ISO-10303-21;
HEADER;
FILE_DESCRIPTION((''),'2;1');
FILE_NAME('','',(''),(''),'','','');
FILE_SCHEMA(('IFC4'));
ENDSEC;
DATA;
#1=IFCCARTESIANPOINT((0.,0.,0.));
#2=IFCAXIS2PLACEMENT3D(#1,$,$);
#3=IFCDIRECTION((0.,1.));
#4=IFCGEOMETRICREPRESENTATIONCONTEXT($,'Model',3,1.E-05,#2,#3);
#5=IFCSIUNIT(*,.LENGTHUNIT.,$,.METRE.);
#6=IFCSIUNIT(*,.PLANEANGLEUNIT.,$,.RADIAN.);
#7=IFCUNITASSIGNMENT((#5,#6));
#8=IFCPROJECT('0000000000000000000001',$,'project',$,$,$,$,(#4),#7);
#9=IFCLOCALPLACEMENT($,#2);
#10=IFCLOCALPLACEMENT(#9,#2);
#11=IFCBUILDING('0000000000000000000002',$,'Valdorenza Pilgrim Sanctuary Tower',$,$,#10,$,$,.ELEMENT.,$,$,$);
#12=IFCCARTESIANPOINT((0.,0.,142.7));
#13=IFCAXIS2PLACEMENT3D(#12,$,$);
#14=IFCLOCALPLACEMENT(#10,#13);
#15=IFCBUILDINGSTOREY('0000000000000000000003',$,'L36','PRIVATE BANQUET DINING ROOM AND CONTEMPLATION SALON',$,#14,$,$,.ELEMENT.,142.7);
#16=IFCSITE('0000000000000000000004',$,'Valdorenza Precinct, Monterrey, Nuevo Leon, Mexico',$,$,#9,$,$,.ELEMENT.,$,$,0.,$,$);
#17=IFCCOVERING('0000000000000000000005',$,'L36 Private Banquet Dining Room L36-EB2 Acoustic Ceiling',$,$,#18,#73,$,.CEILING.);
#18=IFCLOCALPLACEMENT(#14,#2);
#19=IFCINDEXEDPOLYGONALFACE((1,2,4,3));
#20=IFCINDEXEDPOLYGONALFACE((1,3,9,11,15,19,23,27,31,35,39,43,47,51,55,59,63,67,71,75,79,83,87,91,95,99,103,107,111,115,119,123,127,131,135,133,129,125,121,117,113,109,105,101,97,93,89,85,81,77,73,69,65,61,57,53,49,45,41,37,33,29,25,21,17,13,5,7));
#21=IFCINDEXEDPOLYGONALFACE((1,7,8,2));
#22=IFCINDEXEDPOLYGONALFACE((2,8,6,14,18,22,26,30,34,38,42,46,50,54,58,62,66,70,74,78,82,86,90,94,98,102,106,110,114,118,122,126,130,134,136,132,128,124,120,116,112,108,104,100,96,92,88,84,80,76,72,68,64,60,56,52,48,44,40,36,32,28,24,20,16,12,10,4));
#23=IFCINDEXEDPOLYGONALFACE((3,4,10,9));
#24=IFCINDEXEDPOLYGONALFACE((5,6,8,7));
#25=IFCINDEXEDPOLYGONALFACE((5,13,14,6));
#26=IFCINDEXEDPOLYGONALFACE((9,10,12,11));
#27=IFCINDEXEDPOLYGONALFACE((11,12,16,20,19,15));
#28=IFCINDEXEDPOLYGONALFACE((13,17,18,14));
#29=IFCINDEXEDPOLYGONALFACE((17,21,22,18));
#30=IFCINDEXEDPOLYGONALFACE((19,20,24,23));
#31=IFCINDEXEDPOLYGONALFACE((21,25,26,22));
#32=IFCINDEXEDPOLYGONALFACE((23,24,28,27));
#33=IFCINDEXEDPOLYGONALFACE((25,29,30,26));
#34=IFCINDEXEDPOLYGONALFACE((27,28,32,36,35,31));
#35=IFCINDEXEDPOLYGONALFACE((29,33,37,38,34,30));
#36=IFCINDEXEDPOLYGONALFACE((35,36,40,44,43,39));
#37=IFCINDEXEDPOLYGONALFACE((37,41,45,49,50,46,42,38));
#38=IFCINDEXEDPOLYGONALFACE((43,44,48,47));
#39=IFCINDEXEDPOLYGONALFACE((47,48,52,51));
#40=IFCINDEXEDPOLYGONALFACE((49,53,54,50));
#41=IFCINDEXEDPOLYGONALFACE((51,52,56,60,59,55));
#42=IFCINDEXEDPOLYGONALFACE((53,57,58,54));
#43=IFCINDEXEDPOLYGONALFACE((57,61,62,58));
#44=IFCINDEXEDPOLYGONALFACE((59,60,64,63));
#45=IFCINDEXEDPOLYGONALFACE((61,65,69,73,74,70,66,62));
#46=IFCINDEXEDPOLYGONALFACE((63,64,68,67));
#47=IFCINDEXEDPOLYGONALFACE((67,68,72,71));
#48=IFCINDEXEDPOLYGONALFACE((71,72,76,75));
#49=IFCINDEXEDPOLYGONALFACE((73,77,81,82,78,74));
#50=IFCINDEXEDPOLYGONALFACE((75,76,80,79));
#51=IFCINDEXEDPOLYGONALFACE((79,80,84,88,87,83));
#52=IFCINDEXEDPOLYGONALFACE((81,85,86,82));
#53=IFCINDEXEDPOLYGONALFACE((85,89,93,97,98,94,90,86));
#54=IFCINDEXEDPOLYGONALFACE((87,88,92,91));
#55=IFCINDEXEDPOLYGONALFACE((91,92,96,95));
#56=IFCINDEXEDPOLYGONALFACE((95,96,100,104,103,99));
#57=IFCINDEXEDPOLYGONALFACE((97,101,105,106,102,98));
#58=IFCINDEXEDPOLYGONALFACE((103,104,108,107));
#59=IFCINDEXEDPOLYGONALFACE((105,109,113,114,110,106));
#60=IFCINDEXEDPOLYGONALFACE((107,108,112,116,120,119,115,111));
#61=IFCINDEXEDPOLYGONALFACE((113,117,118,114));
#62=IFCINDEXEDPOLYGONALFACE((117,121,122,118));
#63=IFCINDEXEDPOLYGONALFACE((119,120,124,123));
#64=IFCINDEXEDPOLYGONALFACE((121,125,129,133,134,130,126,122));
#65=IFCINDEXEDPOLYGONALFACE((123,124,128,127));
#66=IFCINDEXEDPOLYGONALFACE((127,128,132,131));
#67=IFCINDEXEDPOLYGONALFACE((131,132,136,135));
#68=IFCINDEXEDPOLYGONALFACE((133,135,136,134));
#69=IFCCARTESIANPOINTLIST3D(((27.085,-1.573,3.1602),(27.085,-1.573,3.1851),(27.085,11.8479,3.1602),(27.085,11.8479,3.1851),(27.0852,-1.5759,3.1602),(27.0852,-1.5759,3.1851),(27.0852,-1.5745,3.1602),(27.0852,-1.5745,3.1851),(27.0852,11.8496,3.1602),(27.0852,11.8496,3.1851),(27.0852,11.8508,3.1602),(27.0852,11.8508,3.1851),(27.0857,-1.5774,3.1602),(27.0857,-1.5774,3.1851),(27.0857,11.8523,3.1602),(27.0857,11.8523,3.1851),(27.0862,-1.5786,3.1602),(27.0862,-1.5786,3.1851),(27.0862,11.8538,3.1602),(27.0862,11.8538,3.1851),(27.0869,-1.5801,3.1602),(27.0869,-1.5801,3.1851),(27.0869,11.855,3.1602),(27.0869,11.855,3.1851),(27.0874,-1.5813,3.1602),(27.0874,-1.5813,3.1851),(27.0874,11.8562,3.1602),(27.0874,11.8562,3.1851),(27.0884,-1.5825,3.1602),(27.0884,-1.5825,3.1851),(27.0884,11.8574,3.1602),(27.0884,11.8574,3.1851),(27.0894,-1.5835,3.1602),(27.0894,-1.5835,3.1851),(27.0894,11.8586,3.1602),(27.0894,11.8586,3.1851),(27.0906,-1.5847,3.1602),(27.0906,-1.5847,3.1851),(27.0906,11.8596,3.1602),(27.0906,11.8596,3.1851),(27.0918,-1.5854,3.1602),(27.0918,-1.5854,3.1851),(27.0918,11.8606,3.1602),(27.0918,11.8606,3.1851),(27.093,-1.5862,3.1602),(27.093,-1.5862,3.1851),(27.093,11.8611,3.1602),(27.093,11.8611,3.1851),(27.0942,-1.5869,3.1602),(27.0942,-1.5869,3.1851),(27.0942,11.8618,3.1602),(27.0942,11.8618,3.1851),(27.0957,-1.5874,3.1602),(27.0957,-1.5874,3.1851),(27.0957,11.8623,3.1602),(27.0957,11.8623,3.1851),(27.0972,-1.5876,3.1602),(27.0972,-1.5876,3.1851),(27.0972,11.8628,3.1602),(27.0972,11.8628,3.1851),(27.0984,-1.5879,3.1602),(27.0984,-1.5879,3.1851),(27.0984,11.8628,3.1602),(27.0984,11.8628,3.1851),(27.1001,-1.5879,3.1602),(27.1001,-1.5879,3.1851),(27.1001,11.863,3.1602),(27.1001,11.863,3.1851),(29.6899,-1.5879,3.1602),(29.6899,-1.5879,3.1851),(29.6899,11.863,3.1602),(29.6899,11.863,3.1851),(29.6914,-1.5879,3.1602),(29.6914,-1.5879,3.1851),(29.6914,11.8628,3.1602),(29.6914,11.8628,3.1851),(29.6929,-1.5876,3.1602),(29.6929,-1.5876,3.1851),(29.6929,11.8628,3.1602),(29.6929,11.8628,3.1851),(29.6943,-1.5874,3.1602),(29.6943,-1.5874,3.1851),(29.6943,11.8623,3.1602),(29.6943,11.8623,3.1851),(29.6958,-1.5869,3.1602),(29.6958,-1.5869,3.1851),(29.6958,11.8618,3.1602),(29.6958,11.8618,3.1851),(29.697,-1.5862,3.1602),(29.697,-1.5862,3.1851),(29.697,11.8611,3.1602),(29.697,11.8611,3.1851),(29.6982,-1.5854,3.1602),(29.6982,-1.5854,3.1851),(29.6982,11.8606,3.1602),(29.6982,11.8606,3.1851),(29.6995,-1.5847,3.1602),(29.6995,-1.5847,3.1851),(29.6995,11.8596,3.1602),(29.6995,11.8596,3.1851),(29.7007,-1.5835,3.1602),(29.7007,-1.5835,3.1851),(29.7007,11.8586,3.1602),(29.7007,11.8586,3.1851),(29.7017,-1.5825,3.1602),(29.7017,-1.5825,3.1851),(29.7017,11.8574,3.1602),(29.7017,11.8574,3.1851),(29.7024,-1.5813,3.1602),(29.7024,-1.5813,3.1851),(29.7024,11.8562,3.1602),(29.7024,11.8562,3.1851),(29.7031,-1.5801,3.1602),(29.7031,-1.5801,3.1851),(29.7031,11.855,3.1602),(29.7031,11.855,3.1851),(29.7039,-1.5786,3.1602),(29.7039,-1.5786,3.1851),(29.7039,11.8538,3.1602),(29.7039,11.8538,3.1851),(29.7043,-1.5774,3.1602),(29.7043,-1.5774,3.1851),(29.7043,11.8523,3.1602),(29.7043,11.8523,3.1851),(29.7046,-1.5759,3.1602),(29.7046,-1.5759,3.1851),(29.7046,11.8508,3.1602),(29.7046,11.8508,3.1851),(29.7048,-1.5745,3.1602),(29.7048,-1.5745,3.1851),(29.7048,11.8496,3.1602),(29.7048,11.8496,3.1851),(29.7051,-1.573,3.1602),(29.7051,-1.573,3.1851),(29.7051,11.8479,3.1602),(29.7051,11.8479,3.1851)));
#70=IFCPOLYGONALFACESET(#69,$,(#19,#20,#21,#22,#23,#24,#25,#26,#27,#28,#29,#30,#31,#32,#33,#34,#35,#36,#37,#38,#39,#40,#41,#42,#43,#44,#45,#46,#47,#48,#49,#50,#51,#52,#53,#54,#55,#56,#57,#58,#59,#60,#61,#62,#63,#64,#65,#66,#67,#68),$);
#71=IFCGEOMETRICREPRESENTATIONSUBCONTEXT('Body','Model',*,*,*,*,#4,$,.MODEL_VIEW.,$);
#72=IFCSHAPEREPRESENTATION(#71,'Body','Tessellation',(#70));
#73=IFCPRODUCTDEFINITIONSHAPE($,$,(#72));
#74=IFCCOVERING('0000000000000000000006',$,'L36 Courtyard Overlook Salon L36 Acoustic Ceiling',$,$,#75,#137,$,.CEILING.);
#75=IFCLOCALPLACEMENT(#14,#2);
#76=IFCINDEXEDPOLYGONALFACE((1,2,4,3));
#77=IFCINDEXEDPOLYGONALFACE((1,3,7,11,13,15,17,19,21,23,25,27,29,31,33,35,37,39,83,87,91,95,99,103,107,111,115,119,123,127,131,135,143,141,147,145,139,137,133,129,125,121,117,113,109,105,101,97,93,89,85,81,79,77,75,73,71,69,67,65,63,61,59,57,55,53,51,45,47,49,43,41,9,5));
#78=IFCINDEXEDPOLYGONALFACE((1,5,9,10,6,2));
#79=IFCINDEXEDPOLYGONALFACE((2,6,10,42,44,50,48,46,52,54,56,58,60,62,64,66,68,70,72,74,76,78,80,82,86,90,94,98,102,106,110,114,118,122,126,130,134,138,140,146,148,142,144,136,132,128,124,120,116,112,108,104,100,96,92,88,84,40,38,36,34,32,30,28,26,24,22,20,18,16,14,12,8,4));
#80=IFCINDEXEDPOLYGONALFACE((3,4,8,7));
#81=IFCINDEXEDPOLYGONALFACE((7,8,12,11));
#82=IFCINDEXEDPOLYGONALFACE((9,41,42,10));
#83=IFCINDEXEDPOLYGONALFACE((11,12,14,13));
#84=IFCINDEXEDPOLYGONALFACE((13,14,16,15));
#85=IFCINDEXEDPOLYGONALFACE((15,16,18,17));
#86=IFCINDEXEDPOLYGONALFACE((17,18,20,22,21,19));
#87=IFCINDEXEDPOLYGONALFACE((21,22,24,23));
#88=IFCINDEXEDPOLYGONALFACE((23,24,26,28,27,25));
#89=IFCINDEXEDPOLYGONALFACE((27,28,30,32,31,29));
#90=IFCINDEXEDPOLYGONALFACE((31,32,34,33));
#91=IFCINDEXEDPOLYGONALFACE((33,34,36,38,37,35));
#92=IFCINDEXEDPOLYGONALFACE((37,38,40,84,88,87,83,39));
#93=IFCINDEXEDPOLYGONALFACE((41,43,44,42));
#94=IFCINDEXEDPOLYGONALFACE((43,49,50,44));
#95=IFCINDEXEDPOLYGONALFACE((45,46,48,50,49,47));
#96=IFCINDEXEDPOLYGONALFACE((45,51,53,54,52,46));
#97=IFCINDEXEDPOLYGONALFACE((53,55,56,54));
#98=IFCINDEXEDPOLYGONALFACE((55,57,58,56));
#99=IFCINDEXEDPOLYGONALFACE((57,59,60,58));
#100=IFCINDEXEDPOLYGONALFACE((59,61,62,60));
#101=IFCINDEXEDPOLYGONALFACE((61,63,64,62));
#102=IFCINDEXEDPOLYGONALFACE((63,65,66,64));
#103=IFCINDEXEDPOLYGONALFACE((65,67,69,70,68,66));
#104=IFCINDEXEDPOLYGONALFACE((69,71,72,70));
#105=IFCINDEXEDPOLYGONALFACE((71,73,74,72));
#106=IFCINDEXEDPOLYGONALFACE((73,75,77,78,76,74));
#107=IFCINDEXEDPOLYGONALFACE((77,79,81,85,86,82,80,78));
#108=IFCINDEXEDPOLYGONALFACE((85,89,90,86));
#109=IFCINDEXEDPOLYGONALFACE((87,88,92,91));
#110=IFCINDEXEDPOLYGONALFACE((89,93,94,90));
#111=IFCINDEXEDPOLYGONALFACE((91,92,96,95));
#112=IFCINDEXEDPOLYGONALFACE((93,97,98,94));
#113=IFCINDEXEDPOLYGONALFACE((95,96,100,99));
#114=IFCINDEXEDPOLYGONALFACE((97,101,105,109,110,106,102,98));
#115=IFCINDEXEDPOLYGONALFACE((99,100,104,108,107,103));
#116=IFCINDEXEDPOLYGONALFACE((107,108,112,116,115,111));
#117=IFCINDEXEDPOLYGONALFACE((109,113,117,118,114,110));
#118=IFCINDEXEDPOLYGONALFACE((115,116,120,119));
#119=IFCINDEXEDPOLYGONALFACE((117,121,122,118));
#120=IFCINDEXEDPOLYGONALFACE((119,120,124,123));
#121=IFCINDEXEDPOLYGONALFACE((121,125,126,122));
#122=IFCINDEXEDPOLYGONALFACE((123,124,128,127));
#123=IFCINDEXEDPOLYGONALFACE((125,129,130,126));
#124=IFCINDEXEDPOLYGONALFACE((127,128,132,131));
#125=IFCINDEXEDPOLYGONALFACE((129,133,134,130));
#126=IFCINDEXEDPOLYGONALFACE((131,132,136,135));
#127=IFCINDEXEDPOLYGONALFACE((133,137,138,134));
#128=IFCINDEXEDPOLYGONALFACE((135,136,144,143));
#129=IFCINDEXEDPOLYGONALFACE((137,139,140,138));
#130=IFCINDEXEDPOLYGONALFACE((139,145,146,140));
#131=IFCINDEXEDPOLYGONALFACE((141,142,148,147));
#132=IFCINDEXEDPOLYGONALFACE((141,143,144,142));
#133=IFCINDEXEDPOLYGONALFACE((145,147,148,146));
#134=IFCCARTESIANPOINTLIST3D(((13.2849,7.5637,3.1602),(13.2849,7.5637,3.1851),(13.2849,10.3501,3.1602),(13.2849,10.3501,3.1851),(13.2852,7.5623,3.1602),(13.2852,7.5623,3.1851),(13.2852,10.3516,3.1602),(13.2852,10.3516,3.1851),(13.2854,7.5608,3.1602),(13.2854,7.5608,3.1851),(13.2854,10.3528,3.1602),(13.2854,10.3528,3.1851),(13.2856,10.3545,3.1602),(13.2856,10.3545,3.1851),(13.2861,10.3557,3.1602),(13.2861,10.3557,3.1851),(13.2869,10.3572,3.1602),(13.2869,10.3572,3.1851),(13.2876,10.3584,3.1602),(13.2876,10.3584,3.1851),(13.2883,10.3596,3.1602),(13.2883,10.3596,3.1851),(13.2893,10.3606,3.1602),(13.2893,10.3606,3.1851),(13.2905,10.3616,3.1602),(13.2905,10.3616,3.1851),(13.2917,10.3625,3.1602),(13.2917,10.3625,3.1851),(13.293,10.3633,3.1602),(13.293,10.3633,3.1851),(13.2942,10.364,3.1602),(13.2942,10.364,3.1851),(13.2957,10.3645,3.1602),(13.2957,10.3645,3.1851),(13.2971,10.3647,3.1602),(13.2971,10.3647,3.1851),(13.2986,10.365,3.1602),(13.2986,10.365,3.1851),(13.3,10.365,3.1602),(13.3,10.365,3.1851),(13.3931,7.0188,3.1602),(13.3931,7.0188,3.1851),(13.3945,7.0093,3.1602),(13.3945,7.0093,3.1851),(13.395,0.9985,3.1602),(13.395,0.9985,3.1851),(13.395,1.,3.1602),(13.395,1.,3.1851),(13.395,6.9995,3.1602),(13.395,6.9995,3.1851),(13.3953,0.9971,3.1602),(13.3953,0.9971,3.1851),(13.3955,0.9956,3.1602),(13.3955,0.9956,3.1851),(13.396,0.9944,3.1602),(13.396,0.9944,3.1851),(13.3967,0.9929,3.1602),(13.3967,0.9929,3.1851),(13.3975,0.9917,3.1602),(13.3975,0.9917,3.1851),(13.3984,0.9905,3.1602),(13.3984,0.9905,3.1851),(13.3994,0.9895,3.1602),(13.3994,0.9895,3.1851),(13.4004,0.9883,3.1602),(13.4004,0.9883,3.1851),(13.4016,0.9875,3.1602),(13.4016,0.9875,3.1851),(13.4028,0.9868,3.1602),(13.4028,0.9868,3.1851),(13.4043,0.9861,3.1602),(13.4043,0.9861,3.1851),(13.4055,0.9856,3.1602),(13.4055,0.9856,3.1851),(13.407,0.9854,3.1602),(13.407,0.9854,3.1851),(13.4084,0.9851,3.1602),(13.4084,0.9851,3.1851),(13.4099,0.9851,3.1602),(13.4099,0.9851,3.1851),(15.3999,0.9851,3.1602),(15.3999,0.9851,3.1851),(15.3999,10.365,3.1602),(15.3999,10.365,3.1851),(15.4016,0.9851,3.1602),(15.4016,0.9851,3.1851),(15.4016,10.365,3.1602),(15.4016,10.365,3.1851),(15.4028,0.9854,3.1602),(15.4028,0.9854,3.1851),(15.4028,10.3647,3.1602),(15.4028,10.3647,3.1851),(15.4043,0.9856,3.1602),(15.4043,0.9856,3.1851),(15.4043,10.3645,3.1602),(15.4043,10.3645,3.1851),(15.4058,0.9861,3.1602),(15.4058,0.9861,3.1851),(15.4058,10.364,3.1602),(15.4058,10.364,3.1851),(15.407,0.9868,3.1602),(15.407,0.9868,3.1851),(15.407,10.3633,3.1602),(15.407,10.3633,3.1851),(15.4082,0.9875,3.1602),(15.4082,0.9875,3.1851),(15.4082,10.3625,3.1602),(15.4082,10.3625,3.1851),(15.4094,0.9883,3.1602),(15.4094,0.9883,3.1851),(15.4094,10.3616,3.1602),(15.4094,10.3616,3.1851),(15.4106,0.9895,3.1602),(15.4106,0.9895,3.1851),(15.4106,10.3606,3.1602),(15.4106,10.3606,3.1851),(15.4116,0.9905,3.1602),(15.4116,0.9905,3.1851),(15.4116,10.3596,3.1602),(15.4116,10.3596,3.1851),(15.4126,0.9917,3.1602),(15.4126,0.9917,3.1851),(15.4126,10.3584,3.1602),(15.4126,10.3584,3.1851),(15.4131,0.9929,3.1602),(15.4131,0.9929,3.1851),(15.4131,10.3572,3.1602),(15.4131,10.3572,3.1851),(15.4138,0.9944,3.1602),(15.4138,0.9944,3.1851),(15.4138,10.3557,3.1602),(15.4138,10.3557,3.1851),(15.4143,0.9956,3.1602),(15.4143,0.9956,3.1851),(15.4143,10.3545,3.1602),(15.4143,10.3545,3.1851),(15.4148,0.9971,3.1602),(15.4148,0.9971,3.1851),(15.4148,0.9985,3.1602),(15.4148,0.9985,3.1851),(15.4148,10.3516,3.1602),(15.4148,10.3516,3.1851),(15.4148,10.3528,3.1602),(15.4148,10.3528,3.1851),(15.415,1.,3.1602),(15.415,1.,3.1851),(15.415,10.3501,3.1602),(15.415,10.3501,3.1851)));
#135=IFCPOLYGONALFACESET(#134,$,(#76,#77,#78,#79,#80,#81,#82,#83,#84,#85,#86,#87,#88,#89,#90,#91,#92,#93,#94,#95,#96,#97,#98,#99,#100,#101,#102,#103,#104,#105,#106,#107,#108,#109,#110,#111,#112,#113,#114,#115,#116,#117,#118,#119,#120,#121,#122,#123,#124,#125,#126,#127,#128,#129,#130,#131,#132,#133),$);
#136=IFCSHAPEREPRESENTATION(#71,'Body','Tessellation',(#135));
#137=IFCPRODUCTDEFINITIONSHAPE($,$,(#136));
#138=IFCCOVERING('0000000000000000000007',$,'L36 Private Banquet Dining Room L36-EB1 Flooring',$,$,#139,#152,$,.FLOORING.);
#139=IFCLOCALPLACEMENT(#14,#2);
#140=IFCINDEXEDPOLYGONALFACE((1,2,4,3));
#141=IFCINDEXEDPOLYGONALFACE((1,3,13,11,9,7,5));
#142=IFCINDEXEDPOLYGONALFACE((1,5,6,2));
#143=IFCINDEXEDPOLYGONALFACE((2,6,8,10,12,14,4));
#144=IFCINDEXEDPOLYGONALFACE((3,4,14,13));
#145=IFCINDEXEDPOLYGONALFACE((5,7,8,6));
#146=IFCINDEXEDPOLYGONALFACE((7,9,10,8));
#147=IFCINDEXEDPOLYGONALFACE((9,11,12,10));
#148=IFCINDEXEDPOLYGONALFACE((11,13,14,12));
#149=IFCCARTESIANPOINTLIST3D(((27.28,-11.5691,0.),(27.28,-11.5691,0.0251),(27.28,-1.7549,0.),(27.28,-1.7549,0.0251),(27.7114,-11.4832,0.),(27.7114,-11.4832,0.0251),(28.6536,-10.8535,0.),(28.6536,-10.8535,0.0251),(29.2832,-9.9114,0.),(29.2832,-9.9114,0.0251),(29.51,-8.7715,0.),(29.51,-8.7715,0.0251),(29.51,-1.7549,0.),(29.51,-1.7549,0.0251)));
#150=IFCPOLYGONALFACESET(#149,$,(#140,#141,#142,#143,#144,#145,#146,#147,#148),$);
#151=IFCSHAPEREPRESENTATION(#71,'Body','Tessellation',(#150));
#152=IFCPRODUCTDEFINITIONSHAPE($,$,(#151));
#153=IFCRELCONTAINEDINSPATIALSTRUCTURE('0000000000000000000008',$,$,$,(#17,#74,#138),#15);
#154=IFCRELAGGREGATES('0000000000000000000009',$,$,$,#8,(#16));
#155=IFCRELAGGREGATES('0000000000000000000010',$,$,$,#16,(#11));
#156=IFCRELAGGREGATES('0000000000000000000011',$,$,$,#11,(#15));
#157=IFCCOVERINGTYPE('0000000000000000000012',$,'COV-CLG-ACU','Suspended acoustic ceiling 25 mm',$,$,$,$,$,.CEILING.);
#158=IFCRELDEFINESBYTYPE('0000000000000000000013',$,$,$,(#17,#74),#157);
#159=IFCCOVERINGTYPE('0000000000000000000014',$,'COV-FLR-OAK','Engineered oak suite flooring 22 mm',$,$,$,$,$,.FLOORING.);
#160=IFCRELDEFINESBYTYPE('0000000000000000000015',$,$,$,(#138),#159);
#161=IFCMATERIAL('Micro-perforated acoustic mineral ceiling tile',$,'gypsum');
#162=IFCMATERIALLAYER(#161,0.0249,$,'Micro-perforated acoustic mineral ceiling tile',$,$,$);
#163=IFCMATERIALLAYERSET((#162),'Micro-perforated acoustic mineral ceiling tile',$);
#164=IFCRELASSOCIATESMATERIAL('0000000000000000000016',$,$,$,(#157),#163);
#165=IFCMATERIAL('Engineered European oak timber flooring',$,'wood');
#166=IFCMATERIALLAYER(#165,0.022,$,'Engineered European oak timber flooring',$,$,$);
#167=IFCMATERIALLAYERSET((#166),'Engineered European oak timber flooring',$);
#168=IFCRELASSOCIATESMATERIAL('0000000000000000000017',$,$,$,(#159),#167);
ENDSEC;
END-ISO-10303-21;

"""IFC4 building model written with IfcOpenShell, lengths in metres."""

from ifc_helpers import new_model, si_unit, direction, frame, origin, place, context, subcontext, project, spatial, polyline, outline, extrude, material, layer, layer_set, type_object, element, save


model = new_model("IFC4")

# Units and contexts
model_context = context("Model", 3, precision=1e-05, world=origin(), true_north=direction((0.0, 1.0)))
body_context = subcontext(model_context, "Body", "Model", "MODEL_VIEW")
ifc_project = project(units=[si_unit("LENGTHUNIT", "METRE"), si_unit("PLANEANGLEUNIT", "RADIAN")], contexts=[model_context])

# Site, building, storey
site_placement = place(None, origin())
site = spatial("IfcSite", under=ifc_project, at=site_placement, Name="Valdorenza Precinct, Monterrey, Nuevo Leon, Mexico", CompositionType="ELEMENT", RefElevation=0.0)
building_placement = place(site_placement, origin())
building = spatial("IfcBuilding", under=site, at=building_placement, Name="Valdorenza Pilgrim Sanctuary Tower", CompositionType="ELEMENT")
storey_placement = place(building_placement, frame((0.0, 0.0, 142.7)))
storey = spatial("IfcBuildingStorey", under=building, at=storey_placement, Name="L36", Description="PRIVATE BANQUET DINING ROOM AND CONTEMPLATION SALON", CompositionType="ELEMENT", Elevation=142.7)

# Coverings
ifc_material_1 = material(Name="Micro-perforated acoustic mineral ceiling tile", Category="gypsum")
ifc_layer_1 = layer(ifc_material_1, 0.0249, Name="Micro-perforated acoustic mineral ceiling tile")
ifc_layer_set_1 = layer_set([ifc_layer_1], Name="Micro-perforated acoustic mineral ceiling tile")
covering_type_1 = type_object("IfcCoveringType", Name="COV-CLG-ACU", Description="Suspended acoustic ceiling 25 mm", PredefinedType="CEILING", material=ifc_layer_set_1)
covering_1_placement = place(storey_placement, frame((0.0, 0.0, 3.1602)))
element("IfcCovering", 1, at=covering_1_placement, inside=storey, type_object=covering_type_1, Name="L36 Private Banquet Dining Room L36-EB2 Acoustic Ceiling", PredefinedType="CEILING", context=body_context, shape_type="SweptSolid", body=[
    extrude(outline(polyline([(27.085, 11.8479), (27.0852, 11.8496), (27.0852, 11.8508), (27.0857, 11.8523), (27.0862, 11.8538), (27.0869, 11.855), (27.0874, 11.8562), (27.0884, 11.8574), (27.0894, 11.8586), (27.0906, 11.8596), (27.0918, 11.8606), (27.093, 11.8611), (27.0942, 11.8618), (27.0957, 11.8623), (27.0972, 11.8628), (27.0984, 11.8628), (27.1001, 11.863), (29.6899, 11.863), (29.6914, 11.8628), (29.6929, 11.8628), (29.6943, 11.8623), (29.6958, 11.8618), (29.697, 11.8611), (29.6982, 11.8606), (29.6995, 11.8596), (29.7007, 11.8586), (29.7017, 11.8574), (29.7024, 11.8562), (29.7031, 11.855), (29.7039, 11.8538), (29.7043, 11.8523), (29.7046, 11.8508), (29.7048, 11.8496), (29.7051, 11.8479), (29.7051, -1.573), (29.7048, -1.5745), (29.7046, -1.5759), (29.7043, -1.5774), (29.7039, -1.5786), (29.7031, -1.5801), (29.7024, -1.5813), (29.7017, -1.5825), (29.7007, -1.5835), (29.6995, -1.5847), (29.6982, -1.5854), (29.697, -1.5862), (29.6958, -1.5869), (29.6943, -1.5874), (29.6929, -1.5876), (29.6914, -1.5879), (29.6899, -1.5879), (27.1001, -1.5879), (27.0984, -1.5879), (27.0972, -1.5876), (27.0957, -1.5874), (27.0942, -1.5869), (27.093, -1.5862), (27.0918, -1.5854), (27.0906, -1.5847), (27.0894, -1.5835), (27.0884, -1.5825), (27.0874, -1.5813), (27.0869, -1.5801), (27.0862, -1.5786), (27.0857, -1.5774), (27.0852, -1.5759), (27.0852, -1.5745), (27.085, -1.573), (27.085, 11.8479)])), origin(), (0.0, 0.0, 1.0), 0.0249),
])
covering_2_placement = place(storey_placement, frame((0.0, 0.0, 3.1602)))
element("IfcCovering", 2, at=covering_2_placement, inside=storey, type_object=covering_type_1, Name="L36 Courtyard Overlook Salon L36 Acoustic Ceiling", PredefinedType="CEILING", context=body_context, shape_type="SweptSolid", body=[
    extrude(outline(polyline([(15.3999, 10.365), (15.4016, 10.365), (15.4028, 10.3647), (15.4043, 10.3645), (15.4058, 10.364), (15.407, 10.3633), (15.4082, 10.3625), (15.4094, 10.3616), (15.4106, 10.3606), (15.4116, 10.3596), (15.4126, 10.3584), (15.4131, 10.3572), (15.4138, 10.3557), (15.4143, 10.3545), (15.4148, 10.3528), (15.4148, 10.3516), (15.415, 10.3501), (15.415, 1.0), (15.4148, 0.9985), (15.4148, 0.9971), (15.4143, 0.9956), (15.4138, 0.9944), (15.4131, 0.9929), (15.4126, 0.9917), (15.4116, 0.9905), (15.4106, 0.9895), (15.4094, 0.9883), (15.4082, 0.9875), (15.407, 0.9868), (15.4058, 0.9861), (15.4043, 0.9856), (15.4028, 0.9854), (15.4016, 0.9851), (15.3999, 0.9851), (13.4099, 0.9851), (13.4084, 0.9851), (13.407, 0.9854), (13.4055, 0.9856), (13.4043, 0.9861), (13.4028, 0.9868), (13.4016, 0.9875), (13.4004, 0.9883), (13.3994, 0.9895), (13.3984, 0.9905), (13.3975, 0.9917), (13.3967, 0.9929), (13.396, 0.9944), (13.3955, 0.9956), (13.3953, 0.9971), (13.395, 0.9985), (13.395, 1.0), (13.395, 6.9995), (13.3945, 7.0093), (13.3931, 7.0188), (13.2854, 7.5608), (13.2852, 7.5623), (13.2849, 7.5637), (13.2849, 10.3501), (13.2852, 10.3516), (13.2854, 10.3528), (13.2856, 10.3545), (13.2861, 10.3557), (13.2869, 10.3572), (13.2876, 10.3584), (13.2883, 10.3596), (13.2893, 10.3606), (13.2905, 10.3616), (13.2917, 10.3625), (13.293, 10.3633), (13.2942, 10.364), (13.2957, 10.3645), (13.2971, 10.3647), (13.2986, 10.365), (13.3, 10.365), (15.3999, 10.365)])), origin(), (0.0, 0.0, 1.0), 0.0249),
])
ifc_material_2 = material(Name="Engineered European oak timber flooring", Category="wood")
ifc_layer_2 = layer(ifc_material_2, 0.022, Name="Engineered European oak timber flooring")
ifc_layer_set_2 = layer_set([ifc_layer_2], Name="Engineered European oak timber flooring")
covering_type_2 = type_object("IfcCoveringType", Name="COV-FLR-OAK", Description="Engineered oak suite flooring 22 mm", PredefinedType="FLOORING", material=ifc_layer_set_2)
covering_3_placement = place(storey_placement, origin())
element("IfcCovering", 3, at=covering_3_placement, inside=storey, type_object=covering_type_2, Name="L36 Private Banquet Dining Room L36-EB1 Flooring", PredefinedType="FLOORING", context=body_context, shape_type="SweptSolid", body=[
    extrude(outline(polyline([(29.51, -1.7549), (29.51, -8.7715), (29.2832, -9.9114), (28.6536, -10.8535), (27.7114, -11.4832), (27.28, -11.5691), (27.28, -1.7549), (29.51, -1.7549)])), origin(), (0.0, 0.0, 1.0), 0.0251),
])

save(model, "model.ifc")
